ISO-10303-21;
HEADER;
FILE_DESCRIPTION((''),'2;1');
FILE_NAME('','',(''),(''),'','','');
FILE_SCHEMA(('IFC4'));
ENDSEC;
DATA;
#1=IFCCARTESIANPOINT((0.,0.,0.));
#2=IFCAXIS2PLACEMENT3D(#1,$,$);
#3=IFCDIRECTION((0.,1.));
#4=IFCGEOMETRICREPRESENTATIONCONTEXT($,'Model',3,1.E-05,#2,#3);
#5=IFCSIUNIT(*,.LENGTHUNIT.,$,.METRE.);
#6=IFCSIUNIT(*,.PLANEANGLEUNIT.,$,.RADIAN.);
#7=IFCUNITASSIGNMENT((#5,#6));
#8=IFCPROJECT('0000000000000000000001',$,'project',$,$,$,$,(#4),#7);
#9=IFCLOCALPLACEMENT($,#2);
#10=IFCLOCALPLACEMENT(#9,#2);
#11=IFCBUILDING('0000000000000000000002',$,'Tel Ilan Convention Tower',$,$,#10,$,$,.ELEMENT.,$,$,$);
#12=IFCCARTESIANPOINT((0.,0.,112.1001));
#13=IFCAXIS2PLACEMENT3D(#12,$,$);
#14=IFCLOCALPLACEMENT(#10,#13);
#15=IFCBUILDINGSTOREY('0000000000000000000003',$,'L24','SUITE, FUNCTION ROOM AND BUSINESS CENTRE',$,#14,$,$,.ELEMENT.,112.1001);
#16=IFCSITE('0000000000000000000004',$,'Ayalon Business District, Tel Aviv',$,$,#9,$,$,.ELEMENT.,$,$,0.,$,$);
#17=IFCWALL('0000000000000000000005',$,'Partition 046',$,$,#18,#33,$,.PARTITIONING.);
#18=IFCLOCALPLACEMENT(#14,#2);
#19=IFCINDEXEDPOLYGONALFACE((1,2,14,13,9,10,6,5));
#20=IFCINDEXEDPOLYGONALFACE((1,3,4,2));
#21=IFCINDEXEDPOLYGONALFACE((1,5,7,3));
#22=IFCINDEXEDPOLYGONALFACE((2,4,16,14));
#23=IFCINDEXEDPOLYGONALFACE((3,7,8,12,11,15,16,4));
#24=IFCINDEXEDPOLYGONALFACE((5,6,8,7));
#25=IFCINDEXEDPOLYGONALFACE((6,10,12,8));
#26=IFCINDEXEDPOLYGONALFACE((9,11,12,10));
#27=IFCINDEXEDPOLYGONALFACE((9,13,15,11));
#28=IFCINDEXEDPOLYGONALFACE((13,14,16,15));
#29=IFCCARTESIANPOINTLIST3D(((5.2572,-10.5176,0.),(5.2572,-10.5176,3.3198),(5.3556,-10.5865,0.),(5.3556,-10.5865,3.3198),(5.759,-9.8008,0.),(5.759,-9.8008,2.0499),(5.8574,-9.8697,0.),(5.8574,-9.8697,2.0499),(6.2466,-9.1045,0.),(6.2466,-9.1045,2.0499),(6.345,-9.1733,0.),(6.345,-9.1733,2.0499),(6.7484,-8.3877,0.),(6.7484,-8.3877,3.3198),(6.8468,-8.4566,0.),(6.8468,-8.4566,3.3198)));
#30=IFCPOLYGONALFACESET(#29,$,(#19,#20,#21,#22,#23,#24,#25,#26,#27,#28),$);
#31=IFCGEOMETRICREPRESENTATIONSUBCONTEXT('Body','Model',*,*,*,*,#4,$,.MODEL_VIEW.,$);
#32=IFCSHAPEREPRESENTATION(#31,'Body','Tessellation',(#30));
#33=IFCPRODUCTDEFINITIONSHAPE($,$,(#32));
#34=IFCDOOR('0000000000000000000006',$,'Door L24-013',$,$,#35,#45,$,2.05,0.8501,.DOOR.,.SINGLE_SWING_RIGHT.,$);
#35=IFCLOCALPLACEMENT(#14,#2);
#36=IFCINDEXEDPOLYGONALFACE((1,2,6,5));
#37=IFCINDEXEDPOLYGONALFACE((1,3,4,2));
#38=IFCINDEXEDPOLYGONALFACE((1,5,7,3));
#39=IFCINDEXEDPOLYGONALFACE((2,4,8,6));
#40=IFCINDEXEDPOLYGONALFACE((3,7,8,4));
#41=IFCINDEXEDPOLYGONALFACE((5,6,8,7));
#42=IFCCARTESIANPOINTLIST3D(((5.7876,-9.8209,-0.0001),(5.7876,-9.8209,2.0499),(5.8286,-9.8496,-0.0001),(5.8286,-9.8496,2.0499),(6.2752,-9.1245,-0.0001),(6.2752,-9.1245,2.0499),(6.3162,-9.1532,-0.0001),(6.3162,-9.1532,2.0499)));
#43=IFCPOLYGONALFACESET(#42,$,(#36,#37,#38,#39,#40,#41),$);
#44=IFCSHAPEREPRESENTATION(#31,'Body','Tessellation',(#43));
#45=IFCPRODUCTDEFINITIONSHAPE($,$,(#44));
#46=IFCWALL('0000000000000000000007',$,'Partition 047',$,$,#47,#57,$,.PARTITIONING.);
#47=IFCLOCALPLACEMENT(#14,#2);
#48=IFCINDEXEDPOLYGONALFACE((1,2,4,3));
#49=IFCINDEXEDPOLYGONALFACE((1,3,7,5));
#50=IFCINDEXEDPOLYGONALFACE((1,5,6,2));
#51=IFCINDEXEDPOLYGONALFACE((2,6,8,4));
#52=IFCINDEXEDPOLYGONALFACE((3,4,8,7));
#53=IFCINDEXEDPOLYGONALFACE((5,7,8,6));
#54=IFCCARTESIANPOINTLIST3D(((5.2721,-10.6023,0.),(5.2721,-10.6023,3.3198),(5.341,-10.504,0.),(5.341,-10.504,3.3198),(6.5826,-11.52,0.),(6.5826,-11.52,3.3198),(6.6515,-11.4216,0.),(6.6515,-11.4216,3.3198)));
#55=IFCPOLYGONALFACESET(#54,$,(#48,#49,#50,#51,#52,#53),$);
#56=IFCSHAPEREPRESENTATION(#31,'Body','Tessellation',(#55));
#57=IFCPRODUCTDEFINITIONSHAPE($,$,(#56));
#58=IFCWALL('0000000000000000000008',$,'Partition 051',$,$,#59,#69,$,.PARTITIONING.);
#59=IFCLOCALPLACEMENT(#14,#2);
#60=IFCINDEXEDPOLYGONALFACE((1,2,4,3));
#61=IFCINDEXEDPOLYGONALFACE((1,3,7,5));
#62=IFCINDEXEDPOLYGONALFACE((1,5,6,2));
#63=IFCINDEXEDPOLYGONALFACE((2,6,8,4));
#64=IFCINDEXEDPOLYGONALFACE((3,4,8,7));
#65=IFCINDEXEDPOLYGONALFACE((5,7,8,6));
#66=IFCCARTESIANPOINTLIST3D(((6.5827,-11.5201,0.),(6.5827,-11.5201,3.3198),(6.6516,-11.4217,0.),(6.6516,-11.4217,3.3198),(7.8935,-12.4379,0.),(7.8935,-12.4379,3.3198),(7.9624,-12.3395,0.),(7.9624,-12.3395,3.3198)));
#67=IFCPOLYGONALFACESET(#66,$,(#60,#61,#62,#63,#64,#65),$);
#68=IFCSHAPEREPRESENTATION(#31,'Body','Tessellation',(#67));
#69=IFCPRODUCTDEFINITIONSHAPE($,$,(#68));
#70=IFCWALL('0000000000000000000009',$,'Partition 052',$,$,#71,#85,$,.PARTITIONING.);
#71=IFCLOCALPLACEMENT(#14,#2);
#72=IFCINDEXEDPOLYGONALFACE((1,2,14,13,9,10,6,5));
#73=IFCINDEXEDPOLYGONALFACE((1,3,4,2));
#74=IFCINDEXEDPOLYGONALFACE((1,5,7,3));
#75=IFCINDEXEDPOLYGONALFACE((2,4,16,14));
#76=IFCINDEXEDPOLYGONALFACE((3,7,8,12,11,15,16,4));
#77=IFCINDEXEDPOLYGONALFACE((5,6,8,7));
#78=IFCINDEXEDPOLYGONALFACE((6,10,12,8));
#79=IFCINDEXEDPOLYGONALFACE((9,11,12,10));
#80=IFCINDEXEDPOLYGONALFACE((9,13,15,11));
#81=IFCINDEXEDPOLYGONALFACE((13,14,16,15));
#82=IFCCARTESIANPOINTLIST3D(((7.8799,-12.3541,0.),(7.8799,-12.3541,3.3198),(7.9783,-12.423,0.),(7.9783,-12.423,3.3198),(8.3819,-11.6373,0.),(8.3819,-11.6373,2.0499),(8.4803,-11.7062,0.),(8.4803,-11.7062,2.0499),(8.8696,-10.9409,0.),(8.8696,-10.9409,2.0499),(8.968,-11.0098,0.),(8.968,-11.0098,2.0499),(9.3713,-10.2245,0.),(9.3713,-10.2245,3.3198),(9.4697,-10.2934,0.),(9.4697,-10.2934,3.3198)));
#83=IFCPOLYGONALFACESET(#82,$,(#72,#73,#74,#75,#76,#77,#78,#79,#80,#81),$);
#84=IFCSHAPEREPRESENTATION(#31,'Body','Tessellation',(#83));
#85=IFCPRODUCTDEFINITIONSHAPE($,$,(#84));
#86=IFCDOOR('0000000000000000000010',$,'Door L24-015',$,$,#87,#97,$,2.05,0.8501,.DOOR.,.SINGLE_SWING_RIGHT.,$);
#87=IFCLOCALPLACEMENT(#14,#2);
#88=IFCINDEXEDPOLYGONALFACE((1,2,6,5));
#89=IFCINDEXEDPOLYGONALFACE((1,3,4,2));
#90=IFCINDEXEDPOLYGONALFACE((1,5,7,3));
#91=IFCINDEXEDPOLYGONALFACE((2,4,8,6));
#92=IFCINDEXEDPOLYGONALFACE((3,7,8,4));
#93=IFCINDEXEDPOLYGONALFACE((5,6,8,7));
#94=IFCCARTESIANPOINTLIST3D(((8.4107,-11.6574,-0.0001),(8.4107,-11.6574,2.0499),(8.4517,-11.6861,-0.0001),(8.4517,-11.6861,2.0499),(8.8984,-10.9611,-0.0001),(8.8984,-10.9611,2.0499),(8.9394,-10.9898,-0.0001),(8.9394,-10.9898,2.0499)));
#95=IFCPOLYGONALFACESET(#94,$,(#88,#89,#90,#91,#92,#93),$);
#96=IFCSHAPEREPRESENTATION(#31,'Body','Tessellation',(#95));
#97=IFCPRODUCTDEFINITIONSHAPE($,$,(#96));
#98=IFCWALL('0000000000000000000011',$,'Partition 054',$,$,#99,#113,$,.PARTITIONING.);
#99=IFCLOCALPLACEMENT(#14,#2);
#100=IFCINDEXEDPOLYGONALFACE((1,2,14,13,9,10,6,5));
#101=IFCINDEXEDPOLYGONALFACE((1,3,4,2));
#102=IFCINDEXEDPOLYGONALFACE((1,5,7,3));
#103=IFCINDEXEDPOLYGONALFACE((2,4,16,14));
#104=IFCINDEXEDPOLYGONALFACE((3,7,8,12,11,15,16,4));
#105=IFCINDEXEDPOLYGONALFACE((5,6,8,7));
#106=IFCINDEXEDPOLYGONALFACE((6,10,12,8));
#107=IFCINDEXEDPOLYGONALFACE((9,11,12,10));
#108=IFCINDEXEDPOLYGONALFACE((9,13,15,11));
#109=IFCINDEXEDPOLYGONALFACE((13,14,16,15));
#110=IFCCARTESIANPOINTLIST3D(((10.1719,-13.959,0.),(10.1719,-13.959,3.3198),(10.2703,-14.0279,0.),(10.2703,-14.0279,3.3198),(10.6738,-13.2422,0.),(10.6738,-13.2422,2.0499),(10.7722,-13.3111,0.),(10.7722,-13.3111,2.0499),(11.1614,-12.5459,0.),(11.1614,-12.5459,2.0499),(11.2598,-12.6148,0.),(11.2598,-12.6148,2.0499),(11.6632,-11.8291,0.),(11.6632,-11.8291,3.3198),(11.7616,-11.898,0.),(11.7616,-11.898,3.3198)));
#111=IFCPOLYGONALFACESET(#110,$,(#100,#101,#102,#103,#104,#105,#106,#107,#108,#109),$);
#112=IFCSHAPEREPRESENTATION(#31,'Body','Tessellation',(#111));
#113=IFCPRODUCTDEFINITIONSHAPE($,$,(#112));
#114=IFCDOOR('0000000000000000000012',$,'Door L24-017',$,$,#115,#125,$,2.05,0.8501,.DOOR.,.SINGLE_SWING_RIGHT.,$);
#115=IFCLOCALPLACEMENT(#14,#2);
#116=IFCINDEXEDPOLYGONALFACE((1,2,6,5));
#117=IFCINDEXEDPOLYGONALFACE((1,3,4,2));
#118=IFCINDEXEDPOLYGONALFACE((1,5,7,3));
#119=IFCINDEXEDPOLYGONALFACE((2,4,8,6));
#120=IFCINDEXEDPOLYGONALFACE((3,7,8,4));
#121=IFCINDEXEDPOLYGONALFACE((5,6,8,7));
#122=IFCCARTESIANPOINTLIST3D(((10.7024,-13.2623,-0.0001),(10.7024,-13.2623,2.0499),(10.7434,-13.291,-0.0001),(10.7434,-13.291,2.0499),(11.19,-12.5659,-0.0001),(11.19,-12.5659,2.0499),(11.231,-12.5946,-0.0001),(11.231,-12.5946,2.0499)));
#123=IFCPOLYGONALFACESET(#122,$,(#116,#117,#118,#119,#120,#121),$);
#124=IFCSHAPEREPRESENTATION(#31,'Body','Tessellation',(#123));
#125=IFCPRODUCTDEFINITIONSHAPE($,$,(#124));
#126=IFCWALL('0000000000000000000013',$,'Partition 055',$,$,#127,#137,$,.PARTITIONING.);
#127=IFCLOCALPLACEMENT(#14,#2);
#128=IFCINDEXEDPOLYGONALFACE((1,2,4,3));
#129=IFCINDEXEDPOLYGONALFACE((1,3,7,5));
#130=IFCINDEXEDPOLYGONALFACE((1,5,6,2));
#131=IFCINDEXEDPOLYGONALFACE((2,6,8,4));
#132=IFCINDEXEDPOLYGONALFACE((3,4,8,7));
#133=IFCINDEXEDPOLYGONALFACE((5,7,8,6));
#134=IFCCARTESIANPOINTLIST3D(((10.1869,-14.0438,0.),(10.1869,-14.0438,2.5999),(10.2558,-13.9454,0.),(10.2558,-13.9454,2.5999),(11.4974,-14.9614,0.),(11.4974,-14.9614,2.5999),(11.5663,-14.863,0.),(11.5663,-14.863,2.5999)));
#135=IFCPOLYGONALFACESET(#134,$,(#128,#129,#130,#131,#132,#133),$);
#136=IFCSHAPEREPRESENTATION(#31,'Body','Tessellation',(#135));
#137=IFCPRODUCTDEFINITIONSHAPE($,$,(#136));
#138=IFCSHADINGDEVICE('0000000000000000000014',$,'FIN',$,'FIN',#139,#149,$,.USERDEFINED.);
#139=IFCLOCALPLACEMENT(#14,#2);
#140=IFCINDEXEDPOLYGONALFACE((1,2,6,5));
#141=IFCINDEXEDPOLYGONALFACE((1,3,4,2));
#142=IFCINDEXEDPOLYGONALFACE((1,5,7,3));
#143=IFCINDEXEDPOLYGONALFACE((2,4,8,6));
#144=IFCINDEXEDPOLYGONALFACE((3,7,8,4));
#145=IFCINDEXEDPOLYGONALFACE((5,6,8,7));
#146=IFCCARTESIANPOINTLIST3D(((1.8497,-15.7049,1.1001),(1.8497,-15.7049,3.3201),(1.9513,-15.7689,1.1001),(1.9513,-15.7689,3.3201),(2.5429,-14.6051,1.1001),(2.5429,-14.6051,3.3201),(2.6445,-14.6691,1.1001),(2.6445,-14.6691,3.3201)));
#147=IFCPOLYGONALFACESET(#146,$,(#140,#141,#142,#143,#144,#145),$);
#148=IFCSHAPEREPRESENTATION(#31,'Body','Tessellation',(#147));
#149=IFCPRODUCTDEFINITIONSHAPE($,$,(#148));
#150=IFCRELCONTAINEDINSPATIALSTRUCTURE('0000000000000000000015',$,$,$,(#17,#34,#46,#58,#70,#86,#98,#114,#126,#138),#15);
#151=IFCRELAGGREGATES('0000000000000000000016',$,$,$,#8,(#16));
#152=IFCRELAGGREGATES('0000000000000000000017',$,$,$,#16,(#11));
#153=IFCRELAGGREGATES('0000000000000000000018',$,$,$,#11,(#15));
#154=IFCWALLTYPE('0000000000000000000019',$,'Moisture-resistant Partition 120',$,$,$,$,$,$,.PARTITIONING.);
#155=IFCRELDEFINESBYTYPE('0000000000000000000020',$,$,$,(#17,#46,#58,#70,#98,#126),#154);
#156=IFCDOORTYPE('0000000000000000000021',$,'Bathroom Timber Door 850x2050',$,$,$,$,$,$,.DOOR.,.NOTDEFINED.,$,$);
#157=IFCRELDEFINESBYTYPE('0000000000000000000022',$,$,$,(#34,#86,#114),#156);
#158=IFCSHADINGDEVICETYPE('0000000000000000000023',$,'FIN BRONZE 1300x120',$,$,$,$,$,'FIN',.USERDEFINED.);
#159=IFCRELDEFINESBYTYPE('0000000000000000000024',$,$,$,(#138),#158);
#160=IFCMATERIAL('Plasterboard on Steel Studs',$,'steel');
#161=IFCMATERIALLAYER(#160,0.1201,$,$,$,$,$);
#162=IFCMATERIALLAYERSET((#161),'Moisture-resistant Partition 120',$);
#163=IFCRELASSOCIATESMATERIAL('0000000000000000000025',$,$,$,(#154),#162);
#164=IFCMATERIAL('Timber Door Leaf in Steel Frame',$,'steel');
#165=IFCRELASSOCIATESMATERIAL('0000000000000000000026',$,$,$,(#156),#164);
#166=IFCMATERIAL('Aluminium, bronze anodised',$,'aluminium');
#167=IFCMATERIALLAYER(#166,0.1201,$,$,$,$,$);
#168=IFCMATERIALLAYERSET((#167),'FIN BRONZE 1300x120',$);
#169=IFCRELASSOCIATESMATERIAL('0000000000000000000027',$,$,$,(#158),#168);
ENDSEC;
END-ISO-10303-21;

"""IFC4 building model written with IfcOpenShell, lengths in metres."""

from ifc_helpers import new_model, si_unit, direction, frame, frame_2d, origin, origin_2d, place, context, subcontext, project, spatial, rectangle, extrude, material, layer, layer_set, type_object, element, fill, save


model = new_model("IFC4")

# Units and contexts
model_context = context("Model", 3, precision=1e-05, world=origin(), true_north=direction((0.0, 1.0)))
body_context = subcontext(model_context, "Body", "Model", "MODEL_VIEW")
ifc_project = project(units=[si_unit("LENGTHUNIT", "METRE"), si_unit("PLANEANGLEUNIT", "RADIAN")], contexts=[model_context])

# Site, building, storey
site_placement = place(None, origin())
site = spatial("IfcSite", under=ifc_project, at=site_placement, Name="Ayalon Business District, Tel Aviv", CompositionType="ELEMENT", RefElevation=0.0)
building_placement = place(site_placement, origin())
building = spatial("IfcBuilding", under=site, at=building_placement, Name="Tel Ilan Convention Tower", CompositionType="ELEMENT")
storey_placement = place(building_placement, frame((0.0, 0.0, 112.1001)))
storey = spatial("IfcBuildingStorey", under=building, at=storey_placement, Name="L24", Description="SUITE, FUNCTION ROOM AND BUSINESS CENTRE", CompositionType="ELEMENT", Elevation=112.1001)

# Wall, opening, door
ifc_material_1 = material(Name="Plasterboard on Steel Studs", Category="steel")
ifc_layer_1 = layer(ifc_material_1, 0.1201)
ifc_layer_set_1 = layer_set([ifc_layer_1], Name="Moisture-resistant Partition 120")
wall_type_1 = type_object("IfcWallType", Name="Moisture-resistant Partition 120", PredefinedType="PARTITIONING", material=ifc_layer_set_1)
wall_1_placement = place(storey_placement, frame((6.7976, -8.4221, 0.0), z_axis=(0.0, 0.0, 1.0), x_axis=(-0.573538, -0.819179, 0.0)))
wall_1 = element("IfcWall", 1, at=wall_1_placement, inside=storey, type_object=wall_type_1, Name="Partition 046", PredefinedType="PARTITIONING", context=body_context, shape_type="SweptSolid", body=[
    extrude(rectangle(XDim=2.6001, YDim=0.1201, at=frame_2d((1.3, 0.0))), origin(), (0.0, 0.0, 1.0), 3.3198),
])
opening_1_placement = place(wall_1_placement, frame((0.875, 0.0, 0.0)))
opening_1 = element("IfcOpeningElement", 2, at=opening_1_placement, cuts=wall_1, PredefinedType="OPENING", context=body_context, shape_type="SweptSolid", body=[
    extrude(rectangle(XDim=0.8501, YDim=2.05, at=frame_2d((0.425, 1.0249))), frame((0.0, 0.0701, 0.0), z_axis=(0.0, -1.0, 0.0), x_axis=(1.0, 0.0, 0.0)), (0.0, 0.0, 1.0), 0.1401),
])
ifc_material_2 = material(Name="Timber Door Leaf in Steel Frame", Category="steel")
door_type_1 = type_object("IfcDoorType", Name="Bathroom Timber Door 850x2050", OperationType="NOTDEFINED", PredefinedType="DOOR", material=ifc_material_2)
door_1_placement = place(opening_1_placement, origin())
door_1 = element("IfcDoor", 3, at=door_1_placement, inside=storey, type_object=door_type_1, Name="Door L24-013", OperationType="SINGLE_SWING_RIGHT", OverallHeight=2.05, OverallWidth=0.8501, PredefinedType="DOOR", context=body_context, shape_type="SweptSolid", body=[
    extrude(rectangle(XDim=0.8501, YDim=2.05, at=frame_2d((0.425, 1.0249))), frame((0.0, 0.0249, 0.0), z_axis=(0.0, -1.0, 0.0), x_axis=(1.0, 0.0, 0.0)), (0.0, 0.0, 1.0), 0.05),
])
fill(opening_1, door_1)

# Walls
wall_2_placement = place(storey_placement, frame((5.3066, -10.5532, 0.0), z_axis=(0.0, 0.0, 1.0), x_axis=(0.819132, -0.573606, 0.0)))
element("IfcWall", 4, at=wall_2_placement, inside=storey, type_object=wall_type_1, Name="Partition 047", PredefinedType="PARTITIONING", context=body_context, shape_type="SweptSolid", body=[
    extrude(rectangle(XDim=1.5999, YDim=0.1201, at=frame_2d((0.7998, 0.0))), origin(), (0.0, 0.0, 1.0), 3.3198),
])
wall_3_placement = place(storey_placement, frame((6.6172, -11.4709, 0.0), z_axis=(0.0, 0.0, 1.0), x_axis=(0.819182, -0.573534, 0.0)))
element("IfcWall", 5, at=wall_3_placement, inside=storey, type_object=wall_type_1, Name="Partition 051", PredefinedType="PARTITIONING", context=body_context, shape_type="SweptSolid", body=[
    extrude(rectangle(XDim=1.6001, YDim=0.1201, at=frame_2d((0.8, 0.0))), origin(), (0.0, 0.0, 1.0), 3.3198),
])

# Walls, openings, doors
wall_4_placement = place(storey_placement, frame((7.9292, -12.3884, 0.0), z_axis=(0.0, 0.0, 1.0), x_axis=(0.573645, 0.819104, 0.0)))
wall_4 = element("IfcWall", 6, at=wall_4_placement, inside=storey, type_object=wall_type_1, Name="Partition 052", PredefinedType="PARTITIONING", context=body_context, shape_type="SweptSolid", body=[
    extrude(rectangle(XDim=2.5999, YDim=0.1201, at=frame_2d((1.2998, 0.0))), origin(), (0.0, 0.0, 1.0), 3.3198),
])
opening_2_placement = place(wall_4_placement, frame((0.875, 0.0, 0.0)))
opening_2 = element("IfcOpeningElement", 7, at=opening_2_placement, cuts=wall_4, PredefinedType="OPENING", context=body_context, shape_type="SweptSolid", body=[
    extrude(rectangle(XDim=0.8501, YDim=2.05, at=frame_2d((0.425, 1.0249))), frame((0.0, 0.0701, 0.0), z_axis=(0.0, -1.0, 0.0), x_axis=(1.0, 0.0, 0.0)), (0.0, 0.0, 1.0), 0.1401),
])
door_2_placement = place(opening_2_placement, origin())
door_2 = element("IfcDoor", 8, at=door_2_placement, inside=storey, type_object=door_type_1, Name="Door L24-015", OperationType="SINGLE_SWING_RIGHT", OverallHeight=2.05, OverallWidth=0.8501, PredefinedType="DOOR", context=body_context, shape_type="SweptSolid", body=[
    extrude(rectangle(XDim=0.8501, YDim=2.05, at=frame_2d((0.425, 1.0249))), frame((0.0, 0.0249, 0.0), z_axis=(0.0, -1.0, 0.0), x_axis=(1.0, 0.0, 0.0)), (0.0, 0.0, 1.0), 0.05),
])
fill(opening_2, door_2)
wall_5_placement = place(storey_placement, frame((11.7124, -11.8635, 0.0), z_axis=(0.0, 0.0, 1.0), x_axis=(-0.573538, -0.819179, 0.0)))
wall_5 = element("IfcWall", 9, at=wall_5_placement, inside=storey, type_object=wall_type_1, Name="Partition 054", PredefinedType="PARTITIONING", context=body_context, shape_type="SweptSolid", body=[
    extrude(rectangle(XDim=2.6001, YDim=0.1201, at=frame_2d((1.3, 0.0))), origin(), (0.0, 0.0, 1.0), 3.3198),
])
opening_3_placement = place(wall_5_placement, frame((0.875, 0.0, 0.0)))
opening_3 = element("IfcOpeningElement", 10, at=opening_3_placement, cuts=wall_5, PredefinedType="OPENING", context=body_context, shape_type="SweptSolid", body=[
    extrude(rectangle(XDim=0.8501, YDim=2.05, at=frame_2d((0.425, 1.0249))), frame((0.0, 0.0701, 0.0), z_axis=(0.0, -1.0, 0.0), x_axis=(1.0, 0.0, 0.0)), (0.0, 0.0, 1.0), 0.1401),
])
door_3_placement = place(opening_3_placement, origin())
door_3 = element("IfcDoor", 11, at=door_3_placement, inside=storey, type_object=door_type_1, Name="Door L24-017", OperationType="SINGLE_SWING_RIGHT", OverallHeight=2.05, OverallWidth=0.8501, PredefinedType="DOOR", context=body_context, shape_type="SweptSolid", body=[
    extrude(rectangle(XDim=0.8501, YDim=2.05, at=frame_2d((0.425, 1.0249))), frame((0.0, 0.0249, 0.0), z_axis=(0.0, -1.0, 0.0), x_axis=(1.0, 0.0, 0.0)), (0.0, 0.0, 1.0), 0.05),
])
fill(opening_3, door_3)

# Wall
wall_6_placement = place(storey_placement, frame((10.2214, -13.9946, 0.0), z_axis=(0.0, 0.0, 1.0), x_axis=(0.819132, -0.573606, 0.0)))
element("IfcWall", 12, at=wall_6_placement, inside=storey, type_object=wall_type_1, Name="Partition 055", PredefinedType="PARTITIONING", context=body_context, shape_type="SweptSolid", body=[
    extrude(rectangle(XDim=1.5999, YDim=0.1201, at=frame_2d((0.7998, 0.0))), origin(), (0.0, 0.0, 1.0), 2.5999),
])

# Shading device
ifc_material_3 = material(Name="Aluminium, bronze anodised", Category="aluminium")
ifc_layer_2 = layer(ifc_material_3, 0.1201)
ifc_layer_set_2 = layer_set([ifc_layer_2], Name="FIN BRONZE 1300x120")
shading_device_type = type_object("IfcShadingDeviceType", Name="FIN BRONZE 1300x120", ElementType="FIN", PredefinedType="USERDEFINED", material=ifc_layer_set_2)
shading_device_placement = place(storey_placement, frame((2.2471, -15.187, 1.1001), z_axis=(0.0, 0.0, 1.0), x_axis=(-0.533204, -0.845986, 0.0)))
element("IfcShadingDevice", 13, at=shading_device_placement, inside=storey, type_object=shading_device_type, Name="FIN", ObjectType="FIN", PredefinedType="USERDEFINED", context=body_context, shape_type="SweptSolid", body=[
    extrude(rectangle(XDim=1.3, YDim=0.1201, at=origin_2d()), origin(), (0.0, 0.0, 1.0), 2.22),
])

save(model, "model.ifc")
